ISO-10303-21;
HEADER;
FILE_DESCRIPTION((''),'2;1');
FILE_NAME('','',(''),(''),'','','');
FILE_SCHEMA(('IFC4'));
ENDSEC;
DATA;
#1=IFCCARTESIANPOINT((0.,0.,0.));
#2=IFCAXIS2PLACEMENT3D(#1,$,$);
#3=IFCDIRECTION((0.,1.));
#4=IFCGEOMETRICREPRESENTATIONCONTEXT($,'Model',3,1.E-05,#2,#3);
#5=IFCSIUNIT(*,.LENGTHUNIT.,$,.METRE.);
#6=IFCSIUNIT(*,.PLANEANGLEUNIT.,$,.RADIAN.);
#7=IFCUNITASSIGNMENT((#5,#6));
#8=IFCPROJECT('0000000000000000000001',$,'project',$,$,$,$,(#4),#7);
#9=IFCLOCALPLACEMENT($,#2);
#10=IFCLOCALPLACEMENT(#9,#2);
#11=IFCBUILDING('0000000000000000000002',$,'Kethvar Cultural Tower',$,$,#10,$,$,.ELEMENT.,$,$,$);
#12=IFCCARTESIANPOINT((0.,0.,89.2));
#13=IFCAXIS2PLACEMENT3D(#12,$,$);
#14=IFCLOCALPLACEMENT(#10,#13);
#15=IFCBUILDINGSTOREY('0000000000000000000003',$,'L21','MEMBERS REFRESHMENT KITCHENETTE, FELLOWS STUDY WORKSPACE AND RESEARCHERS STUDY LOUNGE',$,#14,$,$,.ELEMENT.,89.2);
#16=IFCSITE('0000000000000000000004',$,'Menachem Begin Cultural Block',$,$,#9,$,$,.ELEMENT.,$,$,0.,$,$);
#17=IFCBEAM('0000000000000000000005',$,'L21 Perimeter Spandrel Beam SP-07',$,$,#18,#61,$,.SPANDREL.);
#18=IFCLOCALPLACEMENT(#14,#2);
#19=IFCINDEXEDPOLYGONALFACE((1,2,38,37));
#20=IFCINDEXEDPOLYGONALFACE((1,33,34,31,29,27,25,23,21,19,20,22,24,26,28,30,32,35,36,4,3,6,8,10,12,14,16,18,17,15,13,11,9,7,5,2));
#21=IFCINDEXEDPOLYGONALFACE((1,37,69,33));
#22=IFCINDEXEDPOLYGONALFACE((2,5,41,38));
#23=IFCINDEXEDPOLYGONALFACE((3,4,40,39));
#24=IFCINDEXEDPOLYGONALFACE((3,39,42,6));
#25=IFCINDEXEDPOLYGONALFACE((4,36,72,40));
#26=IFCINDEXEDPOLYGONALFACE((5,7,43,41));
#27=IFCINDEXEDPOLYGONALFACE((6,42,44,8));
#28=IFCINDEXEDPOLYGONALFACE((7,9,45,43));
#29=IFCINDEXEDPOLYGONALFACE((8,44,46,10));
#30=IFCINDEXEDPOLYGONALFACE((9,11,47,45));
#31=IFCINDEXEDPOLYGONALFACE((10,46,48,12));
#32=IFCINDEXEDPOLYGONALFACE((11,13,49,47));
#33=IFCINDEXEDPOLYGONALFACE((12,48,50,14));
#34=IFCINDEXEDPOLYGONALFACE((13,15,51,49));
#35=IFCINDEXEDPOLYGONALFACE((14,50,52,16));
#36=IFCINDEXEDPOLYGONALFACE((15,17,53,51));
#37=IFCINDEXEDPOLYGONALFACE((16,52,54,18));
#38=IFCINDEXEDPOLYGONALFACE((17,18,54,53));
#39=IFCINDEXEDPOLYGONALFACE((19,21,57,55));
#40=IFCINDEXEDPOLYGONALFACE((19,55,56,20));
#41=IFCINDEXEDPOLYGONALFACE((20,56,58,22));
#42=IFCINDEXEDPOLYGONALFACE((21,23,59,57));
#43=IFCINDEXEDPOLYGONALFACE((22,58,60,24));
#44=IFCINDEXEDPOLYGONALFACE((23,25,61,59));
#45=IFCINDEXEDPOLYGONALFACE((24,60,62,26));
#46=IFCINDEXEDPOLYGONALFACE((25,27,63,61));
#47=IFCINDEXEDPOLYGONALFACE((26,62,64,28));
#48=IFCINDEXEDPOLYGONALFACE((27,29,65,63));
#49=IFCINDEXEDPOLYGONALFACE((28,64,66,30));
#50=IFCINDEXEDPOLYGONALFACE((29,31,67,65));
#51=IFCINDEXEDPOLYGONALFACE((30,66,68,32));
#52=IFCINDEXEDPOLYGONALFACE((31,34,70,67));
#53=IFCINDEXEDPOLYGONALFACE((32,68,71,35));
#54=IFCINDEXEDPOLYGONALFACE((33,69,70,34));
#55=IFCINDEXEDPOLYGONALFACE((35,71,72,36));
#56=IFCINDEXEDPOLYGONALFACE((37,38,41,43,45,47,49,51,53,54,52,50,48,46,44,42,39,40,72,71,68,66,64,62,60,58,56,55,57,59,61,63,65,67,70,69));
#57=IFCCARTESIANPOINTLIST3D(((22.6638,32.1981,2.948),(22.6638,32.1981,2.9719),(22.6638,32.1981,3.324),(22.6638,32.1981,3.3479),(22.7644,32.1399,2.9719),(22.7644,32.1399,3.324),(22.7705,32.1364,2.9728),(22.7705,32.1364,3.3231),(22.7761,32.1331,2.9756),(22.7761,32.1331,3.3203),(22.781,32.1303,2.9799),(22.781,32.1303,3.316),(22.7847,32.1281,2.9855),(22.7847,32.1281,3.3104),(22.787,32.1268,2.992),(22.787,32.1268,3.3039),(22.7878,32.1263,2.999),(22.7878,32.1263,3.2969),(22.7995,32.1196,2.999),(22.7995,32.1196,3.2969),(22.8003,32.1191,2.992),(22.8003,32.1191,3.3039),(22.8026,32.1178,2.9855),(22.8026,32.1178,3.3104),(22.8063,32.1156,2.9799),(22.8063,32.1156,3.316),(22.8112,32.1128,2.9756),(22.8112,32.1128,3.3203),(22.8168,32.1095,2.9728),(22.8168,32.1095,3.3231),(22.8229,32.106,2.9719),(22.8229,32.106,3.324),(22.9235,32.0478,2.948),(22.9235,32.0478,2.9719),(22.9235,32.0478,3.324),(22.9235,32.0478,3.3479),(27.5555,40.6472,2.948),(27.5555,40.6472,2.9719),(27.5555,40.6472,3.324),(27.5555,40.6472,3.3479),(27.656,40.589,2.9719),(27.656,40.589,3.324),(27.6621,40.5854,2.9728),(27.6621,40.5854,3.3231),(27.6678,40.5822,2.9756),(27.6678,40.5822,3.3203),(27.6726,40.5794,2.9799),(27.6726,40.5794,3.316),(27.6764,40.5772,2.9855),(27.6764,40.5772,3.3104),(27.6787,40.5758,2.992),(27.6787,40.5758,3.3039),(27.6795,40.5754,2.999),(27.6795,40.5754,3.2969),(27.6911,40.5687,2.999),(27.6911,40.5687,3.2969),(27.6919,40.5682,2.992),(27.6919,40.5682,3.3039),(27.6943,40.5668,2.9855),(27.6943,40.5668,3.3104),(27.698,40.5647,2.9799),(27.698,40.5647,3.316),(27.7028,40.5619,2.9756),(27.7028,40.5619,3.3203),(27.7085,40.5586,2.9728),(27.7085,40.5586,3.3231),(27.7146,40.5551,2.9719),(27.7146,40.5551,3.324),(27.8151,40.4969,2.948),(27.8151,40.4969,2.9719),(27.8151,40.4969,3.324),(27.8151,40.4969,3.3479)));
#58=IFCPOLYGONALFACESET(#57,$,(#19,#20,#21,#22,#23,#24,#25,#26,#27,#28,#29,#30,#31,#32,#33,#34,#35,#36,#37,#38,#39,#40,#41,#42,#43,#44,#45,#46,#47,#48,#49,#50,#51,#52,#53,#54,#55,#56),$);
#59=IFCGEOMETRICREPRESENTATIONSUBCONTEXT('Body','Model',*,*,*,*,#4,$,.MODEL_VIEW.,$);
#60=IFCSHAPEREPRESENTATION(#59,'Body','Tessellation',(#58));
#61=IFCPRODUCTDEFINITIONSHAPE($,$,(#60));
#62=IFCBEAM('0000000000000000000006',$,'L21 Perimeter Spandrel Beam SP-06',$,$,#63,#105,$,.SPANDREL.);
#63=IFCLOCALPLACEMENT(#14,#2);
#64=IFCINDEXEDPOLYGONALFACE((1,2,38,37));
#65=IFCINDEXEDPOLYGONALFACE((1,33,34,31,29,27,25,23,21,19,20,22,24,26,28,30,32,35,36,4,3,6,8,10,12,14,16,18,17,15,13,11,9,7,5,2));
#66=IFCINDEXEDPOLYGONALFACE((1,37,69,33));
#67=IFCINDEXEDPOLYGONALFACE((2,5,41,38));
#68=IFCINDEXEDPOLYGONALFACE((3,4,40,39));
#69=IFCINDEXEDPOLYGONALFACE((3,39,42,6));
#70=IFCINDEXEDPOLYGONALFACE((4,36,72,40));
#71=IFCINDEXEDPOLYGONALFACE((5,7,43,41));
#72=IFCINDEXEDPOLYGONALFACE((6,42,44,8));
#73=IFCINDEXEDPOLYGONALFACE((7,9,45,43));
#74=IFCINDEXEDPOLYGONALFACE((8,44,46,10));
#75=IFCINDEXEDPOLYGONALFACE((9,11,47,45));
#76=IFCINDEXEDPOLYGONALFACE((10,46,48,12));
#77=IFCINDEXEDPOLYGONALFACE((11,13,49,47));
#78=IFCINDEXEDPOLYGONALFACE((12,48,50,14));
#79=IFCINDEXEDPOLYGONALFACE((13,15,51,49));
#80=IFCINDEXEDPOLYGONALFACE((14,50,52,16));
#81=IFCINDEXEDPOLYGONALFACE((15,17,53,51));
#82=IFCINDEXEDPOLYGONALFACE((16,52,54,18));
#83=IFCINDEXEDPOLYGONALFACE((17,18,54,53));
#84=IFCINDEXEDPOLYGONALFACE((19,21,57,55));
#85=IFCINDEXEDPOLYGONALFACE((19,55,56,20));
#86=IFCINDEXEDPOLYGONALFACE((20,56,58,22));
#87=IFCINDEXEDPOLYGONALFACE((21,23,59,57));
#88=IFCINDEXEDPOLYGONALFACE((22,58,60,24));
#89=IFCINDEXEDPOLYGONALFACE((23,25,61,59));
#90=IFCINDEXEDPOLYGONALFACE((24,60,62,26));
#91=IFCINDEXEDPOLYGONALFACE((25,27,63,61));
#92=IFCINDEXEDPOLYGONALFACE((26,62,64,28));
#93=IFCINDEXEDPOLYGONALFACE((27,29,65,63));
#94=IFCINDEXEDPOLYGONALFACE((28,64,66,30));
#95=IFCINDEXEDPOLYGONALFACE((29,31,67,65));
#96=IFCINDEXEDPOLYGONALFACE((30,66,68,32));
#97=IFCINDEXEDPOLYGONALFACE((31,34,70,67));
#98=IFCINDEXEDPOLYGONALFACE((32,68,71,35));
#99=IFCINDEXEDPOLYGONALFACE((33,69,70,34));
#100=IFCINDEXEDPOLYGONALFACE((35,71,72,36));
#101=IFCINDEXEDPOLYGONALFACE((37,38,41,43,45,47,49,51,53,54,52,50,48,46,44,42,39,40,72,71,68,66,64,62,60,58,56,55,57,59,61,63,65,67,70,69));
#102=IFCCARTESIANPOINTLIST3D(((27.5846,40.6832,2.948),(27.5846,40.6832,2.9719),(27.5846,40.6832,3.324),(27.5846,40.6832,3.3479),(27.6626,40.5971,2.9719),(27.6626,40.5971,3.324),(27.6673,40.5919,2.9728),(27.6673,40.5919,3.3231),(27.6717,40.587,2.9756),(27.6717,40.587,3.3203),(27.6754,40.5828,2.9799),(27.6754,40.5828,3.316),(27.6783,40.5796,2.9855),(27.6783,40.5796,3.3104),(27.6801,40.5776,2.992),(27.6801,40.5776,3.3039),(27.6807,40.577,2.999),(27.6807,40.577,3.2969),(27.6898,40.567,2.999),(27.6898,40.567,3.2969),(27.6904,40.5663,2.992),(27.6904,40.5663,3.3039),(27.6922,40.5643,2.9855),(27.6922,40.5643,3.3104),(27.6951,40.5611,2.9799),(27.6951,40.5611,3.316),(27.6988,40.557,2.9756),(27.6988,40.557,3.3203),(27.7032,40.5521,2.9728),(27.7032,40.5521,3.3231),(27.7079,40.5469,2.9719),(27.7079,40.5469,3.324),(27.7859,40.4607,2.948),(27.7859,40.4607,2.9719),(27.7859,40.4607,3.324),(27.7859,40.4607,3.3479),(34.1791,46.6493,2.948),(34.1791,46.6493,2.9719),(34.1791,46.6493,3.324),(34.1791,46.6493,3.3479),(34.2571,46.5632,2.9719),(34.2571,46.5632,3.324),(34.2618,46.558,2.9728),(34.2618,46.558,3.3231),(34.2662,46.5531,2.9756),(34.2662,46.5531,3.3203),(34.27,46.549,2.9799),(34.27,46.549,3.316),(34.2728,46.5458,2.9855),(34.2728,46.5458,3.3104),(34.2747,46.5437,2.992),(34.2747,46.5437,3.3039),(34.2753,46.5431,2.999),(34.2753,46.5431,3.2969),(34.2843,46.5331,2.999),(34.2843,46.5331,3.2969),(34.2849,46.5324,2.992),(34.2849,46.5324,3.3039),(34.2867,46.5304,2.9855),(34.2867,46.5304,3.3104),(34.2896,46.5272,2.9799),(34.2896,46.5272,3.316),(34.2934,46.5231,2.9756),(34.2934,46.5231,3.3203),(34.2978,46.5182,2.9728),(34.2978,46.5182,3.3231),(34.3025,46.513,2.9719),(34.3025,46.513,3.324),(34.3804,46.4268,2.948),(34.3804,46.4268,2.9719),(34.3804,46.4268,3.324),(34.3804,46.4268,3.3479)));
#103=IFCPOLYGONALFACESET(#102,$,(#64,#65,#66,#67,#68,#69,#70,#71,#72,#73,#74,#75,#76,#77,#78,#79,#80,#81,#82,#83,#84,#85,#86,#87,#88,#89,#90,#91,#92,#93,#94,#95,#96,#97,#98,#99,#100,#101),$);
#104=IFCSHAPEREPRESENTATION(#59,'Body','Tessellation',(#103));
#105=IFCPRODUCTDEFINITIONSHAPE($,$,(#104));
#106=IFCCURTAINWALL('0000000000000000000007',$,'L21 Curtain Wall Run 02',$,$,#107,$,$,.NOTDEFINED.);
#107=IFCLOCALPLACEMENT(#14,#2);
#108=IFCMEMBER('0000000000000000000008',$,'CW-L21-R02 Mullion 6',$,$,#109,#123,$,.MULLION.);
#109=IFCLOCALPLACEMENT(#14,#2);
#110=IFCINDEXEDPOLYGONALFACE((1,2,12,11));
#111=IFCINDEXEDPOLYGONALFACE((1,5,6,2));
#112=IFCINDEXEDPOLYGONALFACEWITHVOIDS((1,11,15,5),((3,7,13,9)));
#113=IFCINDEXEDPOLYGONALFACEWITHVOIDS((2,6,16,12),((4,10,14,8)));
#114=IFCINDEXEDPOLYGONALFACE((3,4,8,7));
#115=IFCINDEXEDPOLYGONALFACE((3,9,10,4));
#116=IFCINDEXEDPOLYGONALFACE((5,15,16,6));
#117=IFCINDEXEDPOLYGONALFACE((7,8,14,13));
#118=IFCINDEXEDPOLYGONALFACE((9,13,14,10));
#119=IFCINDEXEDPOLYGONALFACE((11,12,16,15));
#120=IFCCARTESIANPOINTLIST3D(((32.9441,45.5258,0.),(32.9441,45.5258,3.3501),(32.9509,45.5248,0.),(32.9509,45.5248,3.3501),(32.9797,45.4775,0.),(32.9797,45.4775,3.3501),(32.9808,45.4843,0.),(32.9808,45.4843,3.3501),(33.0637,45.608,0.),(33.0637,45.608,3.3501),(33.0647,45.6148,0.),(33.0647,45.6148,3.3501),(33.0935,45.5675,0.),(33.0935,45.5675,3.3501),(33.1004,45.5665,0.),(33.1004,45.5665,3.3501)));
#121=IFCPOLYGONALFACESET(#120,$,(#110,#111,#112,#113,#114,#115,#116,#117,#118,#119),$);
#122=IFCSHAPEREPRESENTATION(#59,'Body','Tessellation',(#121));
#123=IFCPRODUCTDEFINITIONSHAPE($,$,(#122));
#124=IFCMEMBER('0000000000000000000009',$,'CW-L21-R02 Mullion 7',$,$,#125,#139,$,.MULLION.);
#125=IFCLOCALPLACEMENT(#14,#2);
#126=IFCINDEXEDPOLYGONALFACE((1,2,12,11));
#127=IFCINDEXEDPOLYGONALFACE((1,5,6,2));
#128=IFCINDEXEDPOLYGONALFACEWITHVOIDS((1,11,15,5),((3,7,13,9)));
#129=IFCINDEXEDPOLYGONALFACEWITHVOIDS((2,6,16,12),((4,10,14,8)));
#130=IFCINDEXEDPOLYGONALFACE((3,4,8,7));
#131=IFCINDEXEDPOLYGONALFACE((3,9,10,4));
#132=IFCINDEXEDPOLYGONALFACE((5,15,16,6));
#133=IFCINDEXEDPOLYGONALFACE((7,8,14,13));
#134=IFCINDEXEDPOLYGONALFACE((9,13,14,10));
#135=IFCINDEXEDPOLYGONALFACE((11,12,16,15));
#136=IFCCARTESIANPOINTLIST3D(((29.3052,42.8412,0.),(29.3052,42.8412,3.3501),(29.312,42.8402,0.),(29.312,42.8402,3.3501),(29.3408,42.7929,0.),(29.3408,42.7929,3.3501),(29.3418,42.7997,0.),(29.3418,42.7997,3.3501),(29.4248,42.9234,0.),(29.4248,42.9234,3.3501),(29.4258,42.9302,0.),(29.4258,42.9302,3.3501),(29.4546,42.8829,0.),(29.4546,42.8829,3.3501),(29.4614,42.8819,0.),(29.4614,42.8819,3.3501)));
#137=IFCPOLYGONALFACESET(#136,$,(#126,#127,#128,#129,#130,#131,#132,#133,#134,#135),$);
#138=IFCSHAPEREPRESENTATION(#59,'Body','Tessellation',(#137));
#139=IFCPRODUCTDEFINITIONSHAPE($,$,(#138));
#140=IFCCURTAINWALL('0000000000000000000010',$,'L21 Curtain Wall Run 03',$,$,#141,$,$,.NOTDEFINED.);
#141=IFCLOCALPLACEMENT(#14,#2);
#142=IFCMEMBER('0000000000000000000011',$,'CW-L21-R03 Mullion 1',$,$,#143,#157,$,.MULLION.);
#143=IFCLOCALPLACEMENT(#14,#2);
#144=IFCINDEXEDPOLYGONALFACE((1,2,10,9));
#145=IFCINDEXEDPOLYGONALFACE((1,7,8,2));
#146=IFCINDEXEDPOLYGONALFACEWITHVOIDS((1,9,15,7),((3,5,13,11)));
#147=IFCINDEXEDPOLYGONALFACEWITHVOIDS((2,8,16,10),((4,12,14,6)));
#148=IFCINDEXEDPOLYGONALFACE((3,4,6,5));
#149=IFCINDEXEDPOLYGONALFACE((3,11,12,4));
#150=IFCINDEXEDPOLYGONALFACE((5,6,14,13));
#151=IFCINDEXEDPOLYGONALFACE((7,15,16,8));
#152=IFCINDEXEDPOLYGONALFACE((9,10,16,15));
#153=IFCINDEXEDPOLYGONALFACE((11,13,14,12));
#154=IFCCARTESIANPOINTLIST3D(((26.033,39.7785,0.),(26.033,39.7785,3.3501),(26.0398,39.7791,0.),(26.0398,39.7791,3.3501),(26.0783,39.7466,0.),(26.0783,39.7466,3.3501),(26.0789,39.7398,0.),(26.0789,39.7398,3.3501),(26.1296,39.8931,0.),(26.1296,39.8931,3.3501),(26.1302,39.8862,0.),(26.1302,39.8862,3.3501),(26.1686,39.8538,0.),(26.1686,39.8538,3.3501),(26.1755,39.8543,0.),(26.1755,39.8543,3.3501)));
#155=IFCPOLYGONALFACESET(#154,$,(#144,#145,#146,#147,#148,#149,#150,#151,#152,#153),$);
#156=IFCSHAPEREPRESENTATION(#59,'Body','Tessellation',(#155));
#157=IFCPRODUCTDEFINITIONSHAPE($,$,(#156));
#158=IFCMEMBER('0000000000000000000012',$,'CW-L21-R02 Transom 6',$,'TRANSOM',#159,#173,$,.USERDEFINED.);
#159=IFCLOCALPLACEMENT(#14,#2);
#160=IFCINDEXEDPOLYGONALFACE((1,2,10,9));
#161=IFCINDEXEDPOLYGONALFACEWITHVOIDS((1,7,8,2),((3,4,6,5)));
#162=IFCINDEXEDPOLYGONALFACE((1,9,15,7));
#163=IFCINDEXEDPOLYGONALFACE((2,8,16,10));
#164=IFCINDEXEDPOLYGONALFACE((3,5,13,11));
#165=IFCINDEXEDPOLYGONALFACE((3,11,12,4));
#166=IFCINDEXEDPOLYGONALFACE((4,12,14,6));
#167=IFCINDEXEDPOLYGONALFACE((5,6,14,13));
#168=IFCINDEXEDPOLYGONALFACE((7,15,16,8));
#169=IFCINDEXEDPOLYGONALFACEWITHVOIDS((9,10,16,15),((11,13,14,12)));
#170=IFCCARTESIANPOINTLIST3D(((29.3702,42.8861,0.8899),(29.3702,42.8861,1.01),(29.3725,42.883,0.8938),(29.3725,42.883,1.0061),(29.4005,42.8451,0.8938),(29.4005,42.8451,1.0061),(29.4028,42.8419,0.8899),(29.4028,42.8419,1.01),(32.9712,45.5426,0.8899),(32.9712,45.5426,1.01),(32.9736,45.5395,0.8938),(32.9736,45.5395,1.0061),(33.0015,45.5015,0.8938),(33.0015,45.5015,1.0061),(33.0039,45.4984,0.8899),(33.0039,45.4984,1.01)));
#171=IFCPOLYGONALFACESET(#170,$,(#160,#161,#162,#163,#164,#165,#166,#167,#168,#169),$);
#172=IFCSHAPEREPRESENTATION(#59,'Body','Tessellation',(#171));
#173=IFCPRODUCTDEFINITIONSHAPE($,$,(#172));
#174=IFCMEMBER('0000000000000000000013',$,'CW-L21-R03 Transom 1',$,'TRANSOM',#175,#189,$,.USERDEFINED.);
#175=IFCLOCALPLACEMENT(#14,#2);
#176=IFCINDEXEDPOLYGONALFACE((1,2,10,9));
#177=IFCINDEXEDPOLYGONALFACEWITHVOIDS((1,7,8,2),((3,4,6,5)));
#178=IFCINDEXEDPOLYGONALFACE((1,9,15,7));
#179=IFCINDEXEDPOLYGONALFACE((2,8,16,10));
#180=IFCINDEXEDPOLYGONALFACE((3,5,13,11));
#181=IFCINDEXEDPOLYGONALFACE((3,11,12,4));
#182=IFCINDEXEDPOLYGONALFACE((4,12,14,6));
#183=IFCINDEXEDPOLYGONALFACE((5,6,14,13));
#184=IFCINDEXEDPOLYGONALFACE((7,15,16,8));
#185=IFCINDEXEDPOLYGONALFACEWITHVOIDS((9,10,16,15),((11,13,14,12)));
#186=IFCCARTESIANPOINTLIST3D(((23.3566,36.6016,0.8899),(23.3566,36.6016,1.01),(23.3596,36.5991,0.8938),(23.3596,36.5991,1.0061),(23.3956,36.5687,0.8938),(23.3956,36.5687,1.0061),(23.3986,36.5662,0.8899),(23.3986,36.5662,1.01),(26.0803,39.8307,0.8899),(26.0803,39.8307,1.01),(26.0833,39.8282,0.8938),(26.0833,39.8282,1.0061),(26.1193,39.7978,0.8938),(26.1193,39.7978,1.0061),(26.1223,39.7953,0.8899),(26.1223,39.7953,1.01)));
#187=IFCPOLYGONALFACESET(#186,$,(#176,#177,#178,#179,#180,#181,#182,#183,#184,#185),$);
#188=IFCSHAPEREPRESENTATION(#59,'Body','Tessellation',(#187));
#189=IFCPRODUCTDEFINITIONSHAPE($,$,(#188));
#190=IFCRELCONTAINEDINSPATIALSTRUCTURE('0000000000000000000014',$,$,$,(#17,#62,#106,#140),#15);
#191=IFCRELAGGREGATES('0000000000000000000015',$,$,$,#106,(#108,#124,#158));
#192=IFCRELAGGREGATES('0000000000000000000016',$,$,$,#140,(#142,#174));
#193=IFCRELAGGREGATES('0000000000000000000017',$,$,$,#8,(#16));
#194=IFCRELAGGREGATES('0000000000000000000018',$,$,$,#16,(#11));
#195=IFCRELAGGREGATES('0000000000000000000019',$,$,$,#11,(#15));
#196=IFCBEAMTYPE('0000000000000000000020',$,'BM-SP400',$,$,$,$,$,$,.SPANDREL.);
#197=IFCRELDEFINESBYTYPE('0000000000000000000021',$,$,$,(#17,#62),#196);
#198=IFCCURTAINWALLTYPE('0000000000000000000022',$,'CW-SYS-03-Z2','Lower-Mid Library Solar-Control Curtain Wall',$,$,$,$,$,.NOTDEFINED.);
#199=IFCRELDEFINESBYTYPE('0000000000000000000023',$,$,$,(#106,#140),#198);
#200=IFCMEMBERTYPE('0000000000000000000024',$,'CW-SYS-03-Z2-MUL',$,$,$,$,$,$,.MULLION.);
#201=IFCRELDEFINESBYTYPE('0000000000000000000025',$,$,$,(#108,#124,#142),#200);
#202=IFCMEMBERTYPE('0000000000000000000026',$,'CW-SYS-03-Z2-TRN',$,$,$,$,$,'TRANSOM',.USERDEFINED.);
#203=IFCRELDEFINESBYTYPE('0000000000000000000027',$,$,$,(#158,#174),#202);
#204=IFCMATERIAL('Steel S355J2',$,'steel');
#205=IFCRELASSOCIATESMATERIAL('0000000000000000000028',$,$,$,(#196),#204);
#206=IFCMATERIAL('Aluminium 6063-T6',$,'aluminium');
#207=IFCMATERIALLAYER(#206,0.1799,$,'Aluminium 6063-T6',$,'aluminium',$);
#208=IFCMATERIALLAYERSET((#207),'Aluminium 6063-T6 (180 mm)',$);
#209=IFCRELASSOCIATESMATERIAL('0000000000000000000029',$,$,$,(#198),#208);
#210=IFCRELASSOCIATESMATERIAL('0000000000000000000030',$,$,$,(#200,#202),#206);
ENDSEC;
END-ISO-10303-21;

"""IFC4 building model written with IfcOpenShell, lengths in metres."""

from ifc_helpers import new_model, si_unit, direction, frame, origin, origin_2d, place, context, subcontext, project, spatial, hollow_rectangle, i_section, extrude, source, transform, mapped, material, layer, layer_set, material_profile, profile_set, type_object, element, aggregate, save


model = new_model("IFC4")

# Units and contexts
model_context = context("Model", 3, precision=1e-05, world=origin(), true_north=direction((0.0, 1.0)))
body_context = subcontext(model_context, "Body", "Model", "MODEL_VIEW")
ifc_project = project(units=[si_unit("LENGTHUNIT", "METRE"), si_unit("PLANEANGLEUNIT", "RADIAN")], contexts=[model_context])

# Site, building, storey
site_placement = place(None, origin())
site = spatial("IfcSite", under=ifc_project, at=site_placement, Name="Menachem Begin Cultural Block", CompositionType="ELEMENT", RefElevation=0.0)
building_placement = place(site_placement, origin())
building = spatial("IfcBuilding", under=site, at=building_placement, Name="Kethvar Cultural Tower", CompositionType="ELEMENT")
storey_placement = place(building_placement, frame((0.0, 0.0, 89.2)))
storey = spatial("IfcBuildingStorey", under=building, at=storey_placement, Name="L21", Description="MEMBERS REFRESHMENT KITCHENETTE, FELLOWS STUDY WORKSPACE AND RESEARCHERS STUDY LOUNGE", CompositionType="ELEMENT", Elevation=89.2)

# Beams
ifc_material_1 = material(Name="Steel S355J2", Category="steel")
ifc_material_profile_1 = material_profile(ifc_material_1, i_section(OverallWidth=0.3, OverallDepth=0.3999, WebThickness=0.0134, FlangeThickness=0.0239, FilletRadius=0.0271, at=origin_2d()), Name="Steel S355J2 — HEB400")
ifc_profile_set_1 = profile_set([ifc_material_profile_1], Name="Steel S355J2 — HEB400")
beam_type_1 = type_object("IfcBeamType", Name="BM-SP400", PredefinedType="SPANDREL", material=ifc_profile_set_1)
shared_shape_1 = source(origin(), body_context, "Body", "SweptSolid", [
    extrude(i_section(OverallWidth=0.3, OverallDepth=0.3999, WebThickness=0.0134, FlangeThickness=0.0239, FilletRadius=0.0271, at=origin_2d()), origin(), (0.0, 0.0, 1.0), 9.7629),
])
beam_1_placement = place(storey_placement, frame((27.6853, 40.572, 3.1479), z_axis=(-0.501043, -0.865422, 0.0), x_axis=(0.865422, -0.501043, 0.0)))
element("IfcBeam", 1, at=beam_1_placement, inside=storey, type_object=beam_type_1, Name="L21 Perimeter Spandrel Beam SP-07", PredefinedType="SPANDREL", context=body_context, shape_type="MappedRepresentation", body=[
    mapped(shared_shape_1, transform((0.0, 0.0, 0.0), scale=1.0)),
])
shared_shape_2 = source(origin(), body_context, "Body", "SweptSolid", [
    extrude(i_section(OverallWidth=0.3, OverallDepth=0.3999, WebThickness=0.0134, FlangeThickness=0.0239, FilletRadius=0.0271, at=origin_2d()), origin(), (0.0, 0.0, 1.0), 8.8928),
])
beam_2_placement = place(storey_placement, frame((34.2798, 46.5381, 3.1479), z_axis=(-0.741557, -0.67089, 0.0), x_axis=(0.67089, -0.741557, 0.0)))
element("IfcBeam", 2, at=beam_2_placement, inside=storey, type_object=beam_type_1, Name="L21 Perimeter Spandrel Beam SP-06", PredefinedType="SPANDREL", context=body_context, shape_type="MappedRepresentation", body=[
    mapped(shared_shape_2, transform((0.0, 0.0, 0.0), scale=1.0)),
])

# Curtain wall, members
ifc_material_2 = material(Name="Aluminium 6063-T6", Category="aluminium")
ifc_layer_1 = layer(ifc_material_2, 0.1799, Name="Aluminium 6063-T6", Category="aluminium")
ifc_layer_set_1 = layer_set([ifc_layer_1], Name="Aluminium 6063-T6 (180 mm)")
curtain_wall_type = type_object("IfcCurtainWallType", Name="CW-SYS-03-Z2", Description="Lower-Mid Library Solar-Control Curtain Wall", PredefinedType="NOTDEFINED", material=ifc_layer_set_1)
curtain_wall_1_placement = place(storey_placement, origin())
curtain_wall_1 = element("IfcCurtainWall", 3, at=curtain_wall_1_placement, inside=storey, type_object=curtain_wall_type, Name="L21 Curtain Wall Run 02", PredefinedType="NOTDEFINED")
ifc_material_profile_2 = material_profile(ifc_material_2, hollow_rectangle(XDim=0.0601, YDim=0.1499, WallThickness=0.0049, at=origin_2d()), Name="Aluminium 6063-T6 — RHS150x60x5")
ifc_profile_set_2 = profile_set([ifc_material_profile_2], Name="Aluminium 6063-T6 — RHS150x60x5")
member_type_1 = type_object("IfcMemberType", Name="CW-SYS-03-Z2-MUL", PredefinedType="MULLION", material=ifc_profile_set_2)
shared_shape_3 = source(origin(), body_context, "Body", "SweptSolid", [
    extrude(hollow_rectangle(XDim=0.0601, YDim=0.1499, WallThickness=0.0049, at=origin_2d()), origin(), (0.0, 0.0, 1.0), 3.3501),
])
member_1_placement = place(storey_placement, frame((33.0222, 45.5461, 0.0), z_axis=(0.0, 0.0, 1.0), x_axis=(0.593644, -0.804728, 0.0)))
member_1 = element("IfcMember", 4, at=member_1_placement, type_object=member_type_1, Name="CW-L21-R02 Mullion 6", PredefinedType="MULLION", context=body_context, shape_type="MappedRepresentation", body=[
    mapped(shared_shape_3, transform((0.0, 0.0, 0.0), scale=1.0)),
])
member_2_placement = place(storey_placement, frame((29.3833, 42.8616, 0.0), z_axis=(0.0, 0.0, 1.0), x_axis=(0.593644, -0.804728, 0.0)))
member_2 = element("IfcMember", 5, at=member_2_placement, type_object=member_type_1, Name="CW-L21-R02 Mullion 7", PredefinedType="MULLION", context=body_context, shape_type="MappedRepresentation", body=[
    mapped(shared_shape_3, transform((0.0, 0.0, 0.0), scale=1.0)),
])

# Curtain wall, member
curtain_wall_2_placement = place(storey_placement, origin())
curtain_wall_2 = element("IfcCurtainWall", 6, at=curtain_wall_2_placement, inside=storey, type_object=curtain_wall_type, Name="L21 Curtain Wall Run 03", PredefinedType="NOTDEFINED")
member_3_placement = place(storey_placement, frame((26.1042, 39.8164, 0.0), z_axis=(0.0, 0.0, 1.0), x_axis=(0.76437, -0.644778, 0.0)))
member_3 = element("IfcMember", 7, at=member_3_placement, type_object=member_type_1, Name="CW-L21-R03 Mullion 1", PredefinedType="MULLION", context=body_context, shape_type="MappedRepresentation", body=[
    mapped(shared_shape_3, transform((0.0, 0.0, 0.0), scale=1.0)),
])

# Members
ifc_material_profile_3 = material_profile(ifc_material_2, hollow_rectangle(XDim=0.0549, YDim=0.1201, WallThickness=0.0039, at=origin_2d()), Name="Aluminium 6063-T6 — RHS120x55x4")
ifc_profile_set_3 = profile_set([ifc_material_profile_3], Name="Aluminium 6063-T6 — RHS120x55x4")
member_type_2 = type_object("IfcMemberType", Name="CW-SYS-03-Z2-TRN", ElementType="TRANSOM", PredefinedType="USERDEFINED", material=ifc_profile_set_3)
shared_shape_4 = source(origin(), body_context, "Body", "SweptSolid", [
    extrude(hollow_rectangle(XDim=0.0549, YDim=0.1201, WallThickness=0.0039, at=origin_2d()), origin(), (0.0, 0.0, 1.0), 4.4749),
])
member_4_placement = place(storey_placement, frame((32.9875, 45.5205, 0.95), z_axis=(-0.804728, -0.593644, 0.0), x_axis=(0.593644, -0.804728, 0.0)))
member_4 = element("IfcMember", 8, at=member_4_placement, type_object=member_type_2, Name="CW-L21-R02 Transom 6", ObjectType="TRANSOM", PredefinedType="USERDEFINED", context=body_context, shape_type="MappedRepresentation", body=[
    mapped(shared_shape_4, transform((0.0, 0.0, 0.0), scale=1.0)),
])
shared_shape_5 = source(origin(), body_context, "Body", "SweptSolid", [
    extrude(hollow_rectangle(XDim=0.0549, YDim=0.1201, WallThickness=0.0039, at=origin_2d()), origin(), (0.0, 0.0, 1.0), 4.2244),
])
member_5_placement = place(storey_placement, frame((26.1013, 39.813, 0.95), z_axis=(-0.644755, -0.764389, 0.0), x_axis=(0.764389, -0.644755, 0.0)))
member_5 = element("IfcMember", 9, at=member_5_placement, type_object=member_type_2, Name="CW-L21-R03 Transom 1", ObjectType="TRANSOM", PredefinedType="USERDEFINED", context=body_context, shape_type="MappedRepresentation", body=[
    mapped(shared_shape_5, transform((0.0, 0.0, 0.0), scale=1.0)),
])

aggregate(curtain_wall_1, [member_1, member_2, member_4])
aggregate(curtain_wall_2, [member_3, member_5])

save(model, "model.ifc")
